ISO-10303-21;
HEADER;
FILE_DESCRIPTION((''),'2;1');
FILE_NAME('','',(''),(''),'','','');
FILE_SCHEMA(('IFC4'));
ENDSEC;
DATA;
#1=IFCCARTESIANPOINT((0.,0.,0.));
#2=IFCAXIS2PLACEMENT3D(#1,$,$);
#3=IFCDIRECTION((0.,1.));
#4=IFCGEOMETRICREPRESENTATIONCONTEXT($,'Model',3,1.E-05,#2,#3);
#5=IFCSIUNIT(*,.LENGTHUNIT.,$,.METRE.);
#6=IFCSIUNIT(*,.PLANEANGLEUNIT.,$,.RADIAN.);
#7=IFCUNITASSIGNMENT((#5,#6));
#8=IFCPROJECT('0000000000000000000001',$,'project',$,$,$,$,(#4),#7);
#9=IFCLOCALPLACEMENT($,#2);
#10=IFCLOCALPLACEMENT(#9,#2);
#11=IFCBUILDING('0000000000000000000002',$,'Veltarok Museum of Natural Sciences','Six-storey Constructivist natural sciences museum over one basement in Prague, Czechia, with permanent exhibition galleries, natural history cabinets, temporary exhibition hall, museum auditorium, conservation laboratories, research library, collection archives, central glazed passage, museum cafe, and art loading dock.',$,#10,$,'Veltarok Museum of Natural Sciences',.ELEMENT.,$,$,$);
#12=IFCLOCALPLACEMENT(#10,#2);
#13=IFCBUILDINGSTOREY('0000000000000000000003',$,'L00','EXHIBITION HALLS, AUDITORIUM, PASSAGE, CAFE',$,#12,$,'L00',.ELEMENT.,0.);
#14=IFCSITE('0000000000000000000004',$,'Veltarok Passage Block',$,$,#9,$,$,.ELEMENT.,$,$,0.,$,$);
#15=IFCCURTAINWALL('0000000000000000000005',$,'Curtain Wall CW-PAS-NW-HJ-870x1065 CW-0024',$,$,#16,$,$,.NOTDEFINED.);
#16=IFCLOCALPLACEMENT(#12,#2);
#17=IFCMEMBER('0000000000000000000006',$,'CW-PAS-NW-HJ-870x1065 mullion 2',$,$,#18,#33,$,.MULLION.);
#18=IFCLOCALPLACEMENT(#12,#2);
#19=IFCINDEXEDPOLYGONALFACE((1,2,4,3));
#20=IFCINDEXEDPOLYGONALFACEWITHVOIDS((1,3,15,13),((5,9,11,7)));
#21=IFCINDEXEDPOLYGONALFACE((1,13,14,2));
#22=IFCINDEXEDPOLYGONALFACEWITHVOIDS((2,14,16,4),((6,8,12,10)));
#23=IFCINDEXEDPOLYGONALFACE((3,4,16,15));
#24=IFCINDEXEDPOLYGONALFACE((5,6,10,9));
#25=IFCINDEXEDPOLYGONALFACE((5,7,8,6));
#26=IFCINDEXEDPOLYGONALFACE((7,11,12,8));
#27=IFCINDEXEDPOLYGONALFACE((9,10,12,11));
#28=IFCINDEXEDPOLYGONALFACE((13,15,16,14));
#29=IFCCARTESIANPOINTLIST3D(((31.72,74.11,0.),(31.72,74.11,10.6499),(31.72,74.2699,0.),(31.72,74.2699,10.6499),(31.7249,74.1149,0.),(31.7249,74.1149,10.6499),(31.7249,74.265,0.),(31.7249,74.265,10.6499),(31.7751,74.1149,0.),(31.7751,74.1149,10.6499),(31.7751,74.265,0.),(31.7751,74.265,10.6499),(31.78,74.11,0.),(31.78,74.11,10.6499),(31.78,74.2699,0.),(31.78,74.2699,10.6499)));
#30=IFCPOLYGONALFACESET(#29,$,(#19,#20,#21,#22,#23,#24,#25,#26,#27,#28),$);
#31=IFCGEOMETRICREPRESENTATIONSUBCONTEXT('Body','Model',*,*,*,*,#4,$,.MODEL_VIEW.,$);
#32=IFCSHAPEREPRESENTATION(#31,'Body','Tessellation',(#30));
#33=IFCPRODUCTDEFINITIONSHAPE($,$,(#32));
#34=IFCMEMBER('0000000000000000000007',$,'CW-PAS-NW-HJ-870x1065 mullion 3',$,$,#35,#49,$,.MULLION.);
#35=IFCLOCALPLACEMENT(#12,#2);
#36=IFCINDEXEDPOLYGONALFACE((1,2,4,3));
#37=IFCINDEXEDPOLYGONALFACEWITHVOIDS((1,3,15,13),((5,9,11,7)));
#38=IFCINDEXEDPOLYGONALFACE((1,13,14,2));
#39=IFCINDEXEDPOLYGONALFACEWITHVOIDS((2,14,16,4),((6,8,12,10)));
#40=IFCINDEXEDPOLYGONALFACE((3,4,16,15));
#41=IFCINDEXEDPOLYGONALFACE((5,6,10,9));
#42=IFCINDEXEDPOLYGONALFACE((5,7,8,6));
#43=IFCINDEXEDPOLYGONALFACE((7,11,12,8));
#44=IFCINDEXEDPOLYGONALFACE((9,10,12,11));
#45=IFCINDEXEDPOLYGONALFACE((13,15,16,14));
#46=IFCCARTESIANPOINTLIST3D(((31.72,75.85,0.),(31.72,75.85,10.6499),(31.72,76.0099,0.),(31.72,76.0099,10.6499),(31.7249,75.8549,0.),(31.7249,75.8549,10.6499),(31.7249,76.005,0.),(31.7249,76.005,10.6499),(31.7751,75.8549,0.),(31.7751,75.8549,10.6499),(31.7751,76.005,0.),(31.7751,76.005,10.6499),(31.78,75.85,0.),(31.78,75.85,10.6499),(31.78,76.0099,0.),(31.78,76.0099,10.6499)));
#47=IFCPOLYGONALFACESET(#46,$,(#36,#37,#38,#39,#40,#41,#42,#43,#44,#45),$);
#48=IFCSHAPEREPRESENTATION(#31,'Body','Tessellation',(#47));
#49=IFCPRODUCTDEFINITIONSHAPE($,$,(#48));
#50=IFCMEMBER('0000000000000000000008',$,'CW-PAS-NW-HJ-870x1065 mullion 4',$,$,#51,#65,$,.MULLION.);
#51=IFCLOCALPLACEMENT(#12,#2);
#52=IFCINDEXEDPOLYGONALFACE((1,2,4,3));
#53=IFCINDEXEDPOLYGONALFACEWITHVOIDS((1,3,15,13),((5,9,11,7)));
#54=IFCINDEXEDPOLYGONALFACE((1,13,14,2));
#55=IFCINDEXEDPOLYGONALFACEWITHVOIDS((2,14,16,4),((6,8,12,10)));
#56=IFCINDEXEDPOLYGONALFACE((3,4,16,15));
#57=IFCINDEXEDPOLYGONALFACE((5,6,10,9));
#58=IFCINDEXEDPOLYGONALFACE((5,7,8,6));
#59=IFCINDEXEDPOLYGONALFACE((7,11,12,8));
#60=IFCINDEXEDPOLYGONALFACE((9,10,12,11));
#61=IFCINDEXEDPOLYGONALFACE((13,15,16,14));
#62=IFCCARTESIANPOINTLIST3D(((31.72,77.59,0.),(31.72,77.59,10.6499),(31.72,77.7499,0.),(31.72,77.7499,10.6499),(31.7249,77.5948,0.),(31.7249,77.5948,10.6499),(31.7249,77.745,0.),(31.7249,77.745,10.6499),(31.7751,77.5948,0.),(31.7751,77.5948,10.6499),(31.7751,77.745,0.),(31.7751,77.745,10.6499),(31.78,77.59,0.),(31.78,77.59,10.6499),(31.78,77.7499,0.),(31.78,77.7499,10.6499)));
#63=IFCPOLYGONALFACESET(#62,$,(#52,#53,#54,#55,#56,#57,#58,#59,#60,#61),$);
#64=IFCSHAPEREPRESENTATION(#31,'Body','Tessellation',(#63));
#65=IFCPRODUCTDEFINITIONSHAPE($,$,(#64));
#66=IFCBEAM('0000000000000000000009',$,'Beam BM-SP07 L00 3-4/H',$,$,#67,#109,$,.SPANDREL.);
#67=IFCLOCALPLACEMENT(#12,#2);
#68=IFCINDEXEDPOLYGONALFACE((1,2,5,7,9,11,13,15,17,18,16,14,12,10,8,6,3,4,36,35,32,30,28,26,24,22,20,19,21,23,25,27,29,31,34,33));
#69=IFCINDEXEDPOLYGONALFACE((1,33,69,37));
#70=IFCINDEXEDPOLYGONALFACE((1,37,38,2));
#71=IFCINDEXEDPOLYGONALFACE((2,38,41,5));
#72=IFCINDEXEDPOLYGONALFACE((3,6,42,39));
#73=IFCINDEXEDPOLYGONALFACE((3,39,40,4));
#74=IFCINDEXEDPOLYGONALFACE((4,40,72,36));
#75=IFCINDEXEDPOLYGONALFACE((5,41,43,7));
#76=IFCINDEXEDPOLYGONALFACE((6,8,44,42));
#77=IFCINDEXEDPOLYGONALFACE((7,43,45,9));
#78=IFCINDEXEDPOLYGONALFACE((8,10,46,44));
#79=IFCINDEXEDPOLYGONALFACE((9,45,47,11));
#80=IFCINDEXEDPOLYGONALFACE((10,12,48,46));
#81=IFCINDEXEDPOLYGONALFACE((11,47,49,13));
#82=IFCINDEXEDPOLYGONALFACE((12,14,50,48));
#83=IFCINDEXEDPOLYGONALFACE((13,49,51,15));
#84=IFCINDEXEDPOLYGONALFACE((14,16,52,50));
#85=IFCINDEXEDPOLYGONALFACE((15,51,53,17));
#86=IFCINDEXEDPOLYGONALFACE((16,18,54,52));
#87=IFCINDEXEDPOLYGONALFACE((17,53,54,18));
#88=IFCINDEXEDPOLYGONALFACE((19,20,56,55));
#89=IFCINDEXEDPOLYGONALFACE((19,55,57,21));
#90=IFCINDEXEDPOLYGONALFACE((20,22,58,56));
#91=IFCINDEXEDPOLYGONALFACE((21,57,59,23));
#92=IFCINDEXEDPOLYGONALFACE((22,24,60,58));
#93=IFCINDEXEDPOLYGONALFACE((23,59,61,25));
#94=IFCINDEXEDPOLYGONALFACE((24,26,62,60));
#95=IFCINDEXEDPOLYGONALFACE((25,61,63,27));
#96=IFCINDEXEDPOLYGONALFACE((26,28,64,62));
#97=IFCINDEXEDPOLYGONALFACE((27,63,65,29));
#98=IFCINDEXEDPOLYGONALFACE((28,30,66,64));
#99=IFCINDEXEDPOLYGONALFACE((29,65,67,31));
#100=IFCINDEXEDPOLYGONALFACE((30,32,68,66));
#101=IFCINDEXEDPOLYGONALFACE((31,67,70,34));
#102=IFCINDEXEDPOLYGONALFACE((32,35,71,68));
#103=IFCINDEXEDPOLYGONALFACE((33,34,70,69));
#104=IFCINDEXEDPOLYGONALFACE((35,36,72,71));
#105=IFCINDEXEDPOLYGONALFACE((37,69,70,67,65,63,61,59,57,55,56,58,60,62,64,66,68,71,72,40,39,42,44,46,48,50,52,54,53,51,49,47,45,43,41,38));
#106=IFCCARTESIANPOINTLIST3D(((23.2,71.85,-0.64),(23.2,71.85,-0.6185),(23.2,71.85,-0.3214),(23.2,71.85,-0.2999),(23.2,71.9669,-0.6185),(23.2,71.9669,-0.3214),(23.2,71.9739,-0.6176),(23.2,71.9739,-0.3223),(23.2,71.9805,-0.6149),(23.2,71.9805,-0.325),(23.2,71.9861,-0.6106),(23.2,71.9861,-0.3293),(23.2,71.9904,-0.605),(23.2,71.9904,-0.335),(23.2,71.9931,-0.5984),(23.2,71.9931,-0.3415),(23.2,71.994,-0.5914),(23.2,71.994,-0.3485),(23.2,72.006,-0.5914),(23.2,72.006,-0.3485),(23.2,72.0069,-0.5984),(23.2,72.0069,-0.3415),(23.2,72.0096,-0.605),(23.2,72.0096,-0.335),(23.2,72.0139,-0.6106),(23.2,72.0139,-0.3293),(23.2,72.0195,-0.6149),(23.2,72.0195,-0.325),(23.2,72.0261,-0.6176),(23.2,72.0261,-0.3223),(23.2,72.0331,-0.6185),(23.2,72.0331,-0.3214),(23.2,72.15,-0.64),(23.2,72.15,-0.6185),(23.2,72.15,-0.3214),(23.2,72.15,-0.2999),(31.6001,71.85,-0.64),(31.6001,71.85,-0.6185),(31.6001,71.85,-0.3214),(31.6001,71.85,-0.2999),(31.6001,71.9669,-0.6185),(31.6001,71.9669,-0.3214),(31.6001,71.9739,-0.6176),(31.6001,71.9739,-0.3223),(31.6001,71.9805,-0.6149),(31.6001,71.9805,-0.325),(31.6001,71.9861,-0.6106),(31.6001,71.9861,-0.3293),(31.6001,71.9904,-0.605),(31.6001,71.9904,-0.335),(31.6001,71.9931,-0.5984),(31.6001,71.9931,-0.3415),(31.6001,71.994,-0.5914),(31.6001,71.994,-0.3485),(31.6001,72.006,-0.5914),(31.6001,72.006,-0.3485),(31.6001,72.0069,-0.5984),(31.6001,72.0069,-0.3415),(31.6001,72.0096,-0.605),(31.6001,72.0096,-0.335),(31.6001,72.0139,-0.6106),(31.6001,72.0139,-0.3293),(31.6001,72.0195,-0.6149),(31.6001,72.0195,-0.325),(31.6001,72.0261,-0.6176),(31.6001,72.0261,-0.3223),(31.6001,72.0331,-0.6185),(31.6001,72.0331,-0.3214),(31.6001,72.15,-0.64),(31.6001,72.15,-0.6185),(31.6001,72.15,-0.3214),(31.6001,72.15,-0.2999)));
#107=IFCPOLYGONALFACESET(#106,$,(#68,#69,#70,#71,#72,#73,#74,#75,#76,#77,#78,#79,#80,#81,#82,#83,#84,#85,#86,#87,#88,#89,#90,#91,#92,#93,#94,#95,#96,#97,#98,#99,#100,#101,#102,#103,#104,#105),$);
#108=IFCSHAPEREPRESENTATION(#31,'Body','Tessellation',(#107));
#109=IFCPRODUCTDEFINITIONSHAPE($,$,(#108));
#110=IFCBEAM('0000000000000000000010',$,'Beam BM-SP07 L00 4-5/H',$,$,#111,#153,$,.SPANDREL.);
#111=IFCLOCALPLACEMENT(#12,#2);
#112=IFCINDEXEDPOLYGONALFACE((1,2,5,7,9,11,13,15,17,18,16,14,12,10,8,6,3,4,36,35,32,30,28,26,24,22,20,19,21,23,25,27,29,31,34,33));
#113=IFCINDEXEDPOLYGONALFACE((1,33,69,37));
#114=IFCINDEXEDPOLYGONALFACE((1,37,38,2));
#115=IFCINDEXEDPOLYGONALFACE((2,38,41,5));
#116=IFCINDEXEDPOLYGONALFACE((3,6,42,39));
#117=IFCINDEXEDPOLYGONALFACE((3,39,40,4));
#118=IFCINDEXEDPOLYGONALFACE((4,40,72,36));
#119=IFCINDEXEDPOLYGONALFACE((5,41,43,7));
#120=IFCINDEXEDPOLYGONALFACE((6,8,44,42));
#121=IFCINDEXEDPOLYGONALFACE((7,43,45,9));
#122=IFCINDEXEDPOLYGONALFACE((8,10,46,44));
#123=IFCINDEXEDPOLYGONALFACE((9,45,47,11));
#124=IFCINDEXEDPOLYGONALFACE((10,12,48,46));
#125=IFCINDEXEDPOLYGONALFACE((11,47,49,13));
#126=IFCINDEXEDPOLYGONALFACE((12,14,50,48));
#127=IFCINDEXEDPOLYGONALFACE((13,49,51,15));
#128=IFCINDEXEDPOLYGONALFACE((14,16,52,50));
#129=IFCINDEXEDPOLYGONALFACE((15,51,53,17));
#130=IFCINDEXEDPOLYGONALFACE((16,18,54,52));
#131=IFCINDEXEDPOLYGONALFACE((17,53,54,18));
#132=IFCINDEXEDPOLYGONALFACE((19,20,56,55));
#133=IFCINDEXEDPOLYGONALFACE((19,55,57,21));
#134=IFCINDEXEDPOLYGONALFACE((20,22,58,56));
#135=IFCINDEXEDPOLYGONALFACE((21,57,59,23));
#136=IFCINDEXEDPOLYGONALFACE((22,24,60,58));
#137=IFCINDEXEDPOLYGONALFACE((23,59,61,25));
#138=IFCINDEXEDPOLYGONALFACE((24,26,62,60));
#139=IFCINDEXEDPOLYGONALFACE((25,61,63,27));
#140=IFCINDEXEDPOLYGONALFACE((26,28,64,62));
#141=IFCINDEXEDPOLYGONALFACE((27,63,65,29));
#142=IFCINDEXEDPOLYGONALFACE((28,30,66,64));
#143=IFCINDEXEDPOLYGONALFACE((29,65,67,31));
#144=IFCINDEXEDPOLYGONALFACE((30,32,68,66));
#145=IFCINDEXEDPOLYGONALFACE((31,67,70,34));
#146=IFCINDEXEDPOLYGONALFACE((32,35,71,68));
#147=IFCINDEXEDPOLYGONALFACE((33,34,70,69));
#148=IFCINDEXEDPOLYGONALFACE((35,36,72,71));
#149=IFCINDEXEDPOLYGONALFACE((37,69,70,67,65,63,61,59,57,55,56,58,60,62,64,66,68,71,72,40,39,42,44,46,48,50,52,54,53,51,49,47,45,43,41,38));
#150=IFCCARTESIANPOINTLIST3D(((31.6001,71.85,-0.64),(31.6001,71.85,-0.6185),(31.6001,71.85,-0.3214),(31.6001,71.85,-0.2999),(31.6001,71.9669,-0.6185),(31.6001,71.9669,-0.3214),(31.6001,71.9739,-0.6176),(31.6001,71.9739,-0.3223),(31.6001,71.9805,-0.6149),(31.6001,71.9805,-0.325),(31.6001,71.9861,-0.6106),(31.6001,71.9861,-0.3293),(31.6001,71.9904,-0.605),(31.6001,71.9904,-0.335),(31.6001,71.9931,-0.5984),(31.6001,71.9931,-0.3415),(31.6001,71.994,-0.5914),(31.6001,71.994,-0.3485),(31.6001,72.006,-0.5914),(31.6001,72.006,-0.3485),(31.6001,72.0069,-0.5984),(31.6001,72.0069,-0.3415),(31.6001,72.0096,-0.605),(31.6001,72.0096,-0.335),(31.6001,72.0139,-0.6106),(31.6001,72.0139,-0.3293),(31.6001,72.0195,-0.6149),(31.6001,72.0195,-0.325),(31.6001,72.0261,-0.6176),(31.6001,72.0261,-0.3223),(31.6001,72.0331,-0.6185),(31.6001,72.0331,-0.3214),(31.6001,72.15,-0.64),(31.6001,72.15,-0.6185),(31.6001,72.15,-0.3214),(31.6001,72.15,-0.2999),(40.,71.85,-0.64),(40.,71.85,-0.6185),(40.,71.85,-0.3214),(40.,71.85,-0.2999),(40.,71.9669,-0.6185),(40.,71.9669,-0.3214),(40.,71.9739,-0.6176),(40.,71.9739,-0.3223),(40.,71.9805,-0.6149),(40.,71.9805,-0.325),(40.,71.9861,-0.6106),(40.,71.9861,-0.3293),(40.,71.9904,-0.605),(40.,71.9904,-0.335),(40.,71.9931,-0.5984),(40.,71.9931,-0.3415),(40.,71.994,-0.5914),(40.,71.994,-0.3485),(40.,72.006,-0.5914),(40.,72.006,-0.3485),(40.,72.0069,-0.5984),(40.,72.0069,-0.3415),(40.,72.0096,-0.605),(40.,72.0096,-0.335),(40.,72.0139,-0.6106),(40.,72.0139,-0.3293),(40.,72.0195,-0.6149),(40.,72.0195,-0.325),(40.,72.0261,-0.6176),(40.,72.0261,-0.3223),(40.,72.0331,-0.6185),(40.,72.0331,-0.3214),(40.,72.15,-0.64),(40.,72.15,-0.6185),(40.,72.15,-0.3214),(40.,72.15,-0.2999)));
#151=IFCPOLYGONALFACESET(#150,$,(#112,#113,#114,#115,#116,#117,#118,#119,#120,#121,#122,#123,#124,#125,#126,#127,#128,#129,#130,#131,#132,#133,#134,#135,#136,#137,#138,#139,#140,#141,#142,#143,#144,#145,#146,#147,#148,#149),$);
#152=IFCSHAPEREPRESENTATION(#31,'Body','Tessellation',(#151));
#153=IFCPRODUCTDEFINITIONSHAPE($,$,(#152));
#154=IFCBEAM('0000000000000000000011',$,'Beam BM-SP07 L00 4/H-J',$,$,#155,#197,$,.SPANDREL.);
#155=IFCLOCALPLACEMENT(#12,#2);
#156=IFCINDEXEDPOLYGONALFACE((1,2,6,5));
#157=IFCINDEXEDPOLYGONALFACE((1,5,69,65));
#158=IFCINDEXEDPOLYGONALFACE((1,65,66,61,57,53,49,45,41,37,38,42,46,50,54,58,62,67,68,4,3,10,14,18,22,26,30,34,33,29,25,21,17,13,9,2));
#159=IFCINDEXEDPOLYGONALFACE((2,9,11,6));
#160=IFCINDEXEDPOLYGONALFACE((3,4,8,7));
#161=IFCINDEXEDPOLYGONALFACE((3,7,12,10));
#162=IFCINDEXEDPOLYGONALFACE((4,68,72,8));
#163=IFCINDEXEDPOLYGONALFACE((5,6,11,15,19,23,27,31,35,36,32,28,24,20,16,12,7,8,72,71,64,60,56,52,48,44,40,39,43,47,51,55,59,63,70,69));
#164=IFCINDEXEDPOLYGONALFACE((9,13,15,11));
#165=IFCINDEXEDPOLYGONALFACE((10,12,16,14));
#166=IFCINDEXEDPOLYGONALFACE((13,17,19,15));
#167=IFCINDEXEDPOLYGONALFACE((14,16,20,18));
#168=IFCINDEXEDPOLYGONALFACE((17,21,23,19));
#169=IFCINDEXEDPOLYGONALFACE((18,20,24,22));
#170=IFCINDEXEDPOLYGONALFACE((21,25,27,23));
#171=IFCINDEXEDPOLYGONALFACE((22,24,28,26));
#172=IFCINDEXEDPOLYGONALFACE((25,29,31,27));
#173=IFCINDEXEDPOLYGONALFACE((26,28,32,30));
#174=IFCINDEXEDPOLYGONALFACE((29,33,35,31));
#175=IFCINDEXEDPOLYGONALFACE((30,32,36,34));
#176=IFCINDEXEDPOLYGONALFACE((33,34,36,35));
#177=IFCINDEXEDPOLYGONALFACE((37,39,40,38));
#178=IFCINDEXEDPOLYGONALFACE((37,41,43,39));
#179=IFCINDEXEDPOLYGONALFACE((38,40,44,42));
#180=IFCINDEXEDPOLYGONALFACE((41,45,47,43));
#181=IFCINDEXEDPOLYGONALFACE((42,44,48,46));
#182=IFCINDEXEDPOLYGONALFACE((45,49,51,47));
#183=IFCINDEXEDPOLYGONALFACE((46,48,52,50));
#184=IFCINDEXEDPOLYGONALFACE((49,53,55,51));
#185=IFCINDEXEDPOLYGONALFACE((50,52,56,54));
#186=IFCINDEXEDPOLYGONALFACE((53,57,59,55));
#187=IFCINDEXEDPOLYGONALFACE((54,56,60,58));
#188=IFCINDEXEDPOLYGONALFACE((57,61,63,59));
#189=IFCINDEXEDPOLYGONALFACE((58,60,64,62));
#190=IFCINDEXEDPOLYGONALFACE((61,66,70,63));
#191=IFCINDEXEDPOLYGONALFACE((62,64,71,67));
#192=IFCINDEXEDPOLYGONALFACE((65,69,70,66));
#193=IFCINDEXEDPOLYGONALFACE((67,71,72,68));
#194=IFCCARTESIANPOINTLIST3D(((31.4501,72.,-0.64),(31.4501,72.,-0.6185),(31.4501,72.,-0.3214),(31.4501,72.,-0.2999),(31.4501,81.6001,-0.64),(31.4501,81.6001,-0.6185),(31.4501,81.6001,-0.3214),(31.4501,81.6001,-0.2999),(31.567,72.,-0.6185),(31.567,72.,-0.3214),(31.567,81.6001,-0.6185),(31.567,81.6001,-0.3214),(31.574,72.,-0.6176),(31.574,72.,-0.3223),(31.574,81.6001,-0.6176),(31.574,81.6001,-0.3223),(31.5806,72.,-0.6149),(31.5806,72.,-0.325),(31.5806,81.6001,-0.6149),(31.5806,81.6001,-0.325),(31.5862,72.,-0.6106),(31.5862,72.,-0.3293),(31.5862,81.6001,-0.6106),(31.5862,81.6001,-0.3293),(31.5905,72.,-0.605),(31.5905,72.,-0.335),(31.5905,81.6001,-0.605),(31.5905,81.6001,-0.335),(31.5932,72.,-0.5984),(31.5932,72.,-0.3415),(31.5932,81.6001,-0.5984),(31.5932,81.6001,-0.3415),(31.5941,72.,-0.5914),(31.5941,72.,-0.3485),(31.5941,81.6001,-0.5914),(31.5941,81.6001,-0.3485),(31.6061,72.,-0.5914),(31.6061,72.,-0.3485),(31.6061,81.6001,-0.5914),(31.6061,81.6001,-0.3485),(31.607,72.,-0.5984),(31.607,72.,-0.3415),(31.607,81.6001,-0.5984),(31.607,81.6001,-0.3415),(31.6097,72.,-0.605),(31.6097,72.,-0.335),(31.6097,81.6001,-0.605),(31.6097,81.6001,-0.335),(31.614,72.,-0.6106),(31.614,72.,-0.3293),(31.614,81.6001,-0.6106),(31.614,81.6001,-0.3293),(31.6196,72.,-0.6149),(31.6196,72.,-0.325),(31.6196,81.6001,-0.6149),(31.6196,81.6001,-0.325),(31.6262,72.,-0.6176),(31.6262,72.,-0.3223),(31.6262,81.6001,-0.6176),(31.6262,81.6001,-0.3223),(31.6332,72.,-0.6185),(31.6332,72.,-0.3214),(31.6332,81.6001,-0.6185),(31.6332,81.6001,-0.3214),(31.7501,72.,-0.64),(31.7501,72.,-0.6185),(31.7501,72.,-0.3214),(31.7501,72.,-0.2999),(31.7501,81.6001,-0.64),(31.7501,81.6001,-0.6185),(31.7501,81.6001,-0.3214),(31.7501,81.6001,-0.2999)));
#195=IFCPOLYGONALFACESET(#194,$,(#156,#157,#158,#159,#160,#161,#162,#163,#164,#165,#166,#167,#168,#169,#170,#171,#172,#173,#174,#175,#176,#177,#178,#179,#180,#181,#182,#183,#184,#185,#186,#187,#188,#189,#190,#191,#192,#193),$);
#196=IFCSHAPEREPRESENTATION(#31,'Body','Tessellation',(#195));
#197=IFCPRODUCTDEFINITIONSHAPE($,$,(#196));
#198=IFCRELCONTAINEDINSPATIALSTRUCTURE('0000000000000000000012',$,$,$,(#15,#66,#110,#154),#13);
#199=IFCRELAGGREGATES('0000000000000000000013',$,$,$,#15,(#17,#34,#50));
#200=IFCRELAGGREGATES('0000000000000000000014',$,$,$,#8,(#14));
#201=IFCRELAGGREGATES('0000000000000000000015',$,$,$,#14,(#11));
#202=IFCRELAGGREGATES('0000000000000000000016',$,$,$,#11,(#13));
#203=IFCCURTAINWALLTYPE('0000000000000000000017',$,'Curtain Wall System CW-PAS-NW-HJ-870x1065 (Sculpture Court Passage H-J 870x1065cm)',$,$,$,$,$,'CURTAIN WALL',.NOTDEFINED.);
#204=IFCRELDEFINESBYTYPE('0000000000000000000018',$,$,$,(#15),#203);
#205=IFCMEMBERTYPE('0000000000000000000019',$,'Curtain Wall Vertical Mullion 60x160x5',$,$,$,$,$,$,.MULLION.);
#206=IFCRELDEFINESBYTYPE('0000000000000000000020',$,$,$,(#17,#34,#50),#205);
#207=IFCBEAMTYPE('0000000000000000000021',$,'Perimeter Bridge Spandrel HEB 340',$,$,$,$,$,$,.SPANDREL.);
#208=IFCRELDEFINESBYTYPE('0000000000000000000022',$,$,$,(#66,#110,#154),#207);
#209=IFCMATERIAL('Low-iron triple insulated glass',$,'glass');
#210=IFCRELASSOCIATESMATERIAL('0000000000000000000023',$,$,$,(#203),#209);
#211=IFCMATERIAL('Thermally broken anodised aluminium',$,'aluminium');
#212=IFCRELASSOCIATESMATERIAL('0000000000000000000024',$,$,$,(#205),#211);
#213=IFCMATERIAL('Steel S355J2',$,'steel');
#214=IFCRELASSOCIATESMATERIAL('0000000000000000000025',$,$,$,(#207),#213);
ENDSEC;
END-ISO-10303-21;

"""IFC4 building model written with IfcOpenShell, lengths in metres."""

from ifc_helpers import new_model, si_unit, direction, frame, origin, origin_2d, place, context, subcontext, project, spatial, hollow_rectangle, i_section, extrude, material, material_profile, profile_set, type_object, element, aggregate, save


model = new_model("IFC4")

# Units and contexts
model_context = context("Model", 3, precision=1e-05, world=origin(), true_north=direction((0.0, 1.0)))
body_context = subcontext(model_context, "Body", "Model", "MODEL_VIEW")
ifc_project = project(units=[si_unit("LENGTHUNIT", "METRE"), si_unit("PLANEANGLEUNIT", "RADIAN")], contexts=[model_context])

# Site, building, storey
site_placement = place(None, origin())
site = spatial("IfcSite", under=ifc_project, at=site_placement, Name="Veltarok Passage Block", CompositionType="ELEMENT", RefElevation=0.0)
building_placement = place(site_placement, origin())
building = spatial("IfcBuilding", under=site, at=building_placement, Name="Veltarok Museum of Natural Sciences", Description="Six-storey Constructivist natural sciences museum over one basement in Prague, Czechia, with permanent exhibition galleries, natural history cabinets, temporary exhibition hall, museum auditorium, conservation laboratories, research library, collection archives, central glazed passage, museum cafe, and art loading dock.", LongName="Veltarok Museum of Natural Sciences", CompositionType="ELEMENT")
storey_placement = place(building_placement, origin())
storey = spatial("IfcBuildingStorey", under=building, at=storey_placement, Name="L00", Description="EXHIBITION HALLS, AUDITORIUM, PASSAGE, CAFE", LongName="L00", CompositionType="ELEMENT", Elevation=0.0)

# Shared definitions
ifc_material_1 = material(Name="Steel S355J2", Category="steel")

# Curtain wall, members
ifc_material_2 = material(Name="Low-iron triple insulated glass", Category="glass")
curtain_wall_type = type_object("IfcCurtainWallType", Name="Curtain Wall System CW-PAS-NW-HJ-870x1065 (Sculpture Court Passage H-J 870x1065cm)", ElementType="CURTAIN WALL", PredefinedType="NOTDEFINED", material=ifc_material_2)
curtain_wall_placement = place(storey_placement, origin())
curtain_wall = element("IfcCurtainWall", 1, at=curtain_wall_placement, inside=storey, type_object=curtain_wall_type, Name="Curtain Wall CW-PAS-NW-HJ-870x1065 CW-0024", PredefinedType="NOTDEFINED")
ifc_material_3 = material(Name="Thermally broken anodised aluminium", Category="aluminium")
ifc_material_profile_1 = material_profile(ifc_material_3, hollow_rectangle(XDim=0.0601, YDim=0.1599, WallThickness=0.0049, at=origin_2d()), Name="CW MULLION 60x160x5")
ifc_profile_set_1 = profile_set([ifc_material_profile_1], Name="Thermally broken anodised aluminium")
member_type_1 = type_object("IfcMemberType", Name="Curtain Wall Vertical Mullion 60x160x5", PredefinedType="MULLION", material=ifc_profile_set_1)
member_1_placement = place(storey_placement, frame((31.75, 74.1899, 0.0), z_axis=(0.0, 0.0, 1.0), x_axis=(-1.0, 0.0, 0.0)))
member_1 = element("IfcMember", 2, at=member_1_placement, type_object=member_type_1, Name="CW-PAS-NW-HJ-870x1065 mullion 2", PredefinedType="MULLION", context=body_context, shape_type="SweptSolid", body=[
    extrude(hollow_rectangle(XDim=0.0601, YDim=0.1599, WallThickness=0.0049, at=origin_2d()), origin(), (0.0, 0.0, 1.0), 10.6499),
])
member_2_placement = place(storey_placement, frame((31.75, 75.9299, 0.0), z_axis=(0.0, 0.0, 1.0), x_axis=(-1.0, 0.0, 0.0)))
member_2 = element("IfcMember", 3, at=member_2_placement, type_object=member_type_1, Name="CW-PAS-NW-HJ-870x1065 mullion 3", PredefinedType="MULLION", context=body_context, shape_type="SweptSolid", body=[
    extrude(hollow_rectangle(XDim=0.0601, YDim=0.1599, WallThickness=0.0049, at=origin_2d()), origin(), (0.0, 0.0, 1.0), 10.6499),
])
member_3_placement = place(storey_placement, frame((31.75, 77.6699, 0.0), z_axis=(0.0, 0.0, 1.0), x_axis=(-1.0, 0.0, 0.0)))
member_3 = element("IfcMember", 4, at=member_3_placement, type_object=member_type_1, Name="CW-PAS-NW-HJ-870x1065 mullion 4", PredefinedType="MULLION", context=body_context, shape_type="SweptSolid", body=[
    extrude(hollow_rectangle(XDim=0.0601, YDim=0.1599, WallThickness=0.0049, at=origin_2d()), origin(), (0.0, 0.0, 1.0), 10.6499),
])

# Beams
ifc_material_profile_2 = material_profile(ifc_material_1, i_section(OverallWidth=0.3, OverallDepth=0.3401, WebThickness=0.012, FlangeThickness=0.0215, FilletRadius=0.0271, at=origin_2d()), Name="HEB 340")
ifc_profile_set_2 = profile_set([ifc_material_profile_2], Name="Steel S355J2")
beam_type = type_object("IfcBeamType", Name="Perimeter Bridge Spandrel HEB 340", PredefinedType="SPANDREL", material=ifc_profile_set_2)
beam_1_placement = place(storey_placement, frame((23.2, 72.0, -0.47), z_axis=(1.0, 0.0, 0.0), x_axis=(0.0, 1.0, 0.0)))
element("IfcBeam", 5, at=beam_1_placement, inside=storey, type_object=beam_type, Name="Beam BM-SP07 L00 3-4/H", PredefinedType="SPANDREL", context=body_context, shape_type="SweptSolid", body=[
    extrude(i_section(OverallWidth=0.3, OverallDepth=0.3401, WebThickness=0.012, FlangeThickness=0.0215, FilletRadius=0.0271, at=origin_2d()), origin(), (0.0, 0.0, 1.0), 8.4001),
])
beam_2_placement = place(storey_placement, frame((31.6001, 72.0, -0.47), z_axis=(1.0, 0.0, 0.0), x_axis=(0.0, 1.0, 0.0)))
element("IfcBeam", 6, at=beam_2_placement, inside=storey, type_object=beam_type, Name="Beam BM-SP07 L00 4-5/H", PredefinedType="SPANDREL", context=body_context, shape_type="SweptSolid", body=[
    extrude(i_section(OverallWidth=0.3, OverallDepth=0.3401, WebThickness=0.012, FlangeThickness=0.0215, FilletRadius=0.0271, at=origin_2d()), origin(), (0.0, 0.0, 1.0), 8.3999),
])
beam_3_placement = place(storey_placement, frame((31.6001, 72.0, -0.47), z_axis=(0.0, 1.0, 0.0), x_axis=(-1.0, 0.0, 0.0)))
element("IfcBeam", 7, at=beam_3_placement, inside=storey, type_object=beam_type, Name="Beam BM-SP07 L00 4/H-J", PredefinedType="SPANDREL", context=body_context, shape_type="SweptSolid", body=[
    extrude(i_section(OverallWidth=0.3, OverallDepth=0.3401, WebThickness=0.012, FlangeThickness=0.0215, FilletRadius=0.0271, at=origin_2d()), origin(), (0.0, 0.0, 1.0), 9.6001),
])

aggregate(curtain_wall, [member_1, member_2, member_3])

save(model, "model.ifc")
